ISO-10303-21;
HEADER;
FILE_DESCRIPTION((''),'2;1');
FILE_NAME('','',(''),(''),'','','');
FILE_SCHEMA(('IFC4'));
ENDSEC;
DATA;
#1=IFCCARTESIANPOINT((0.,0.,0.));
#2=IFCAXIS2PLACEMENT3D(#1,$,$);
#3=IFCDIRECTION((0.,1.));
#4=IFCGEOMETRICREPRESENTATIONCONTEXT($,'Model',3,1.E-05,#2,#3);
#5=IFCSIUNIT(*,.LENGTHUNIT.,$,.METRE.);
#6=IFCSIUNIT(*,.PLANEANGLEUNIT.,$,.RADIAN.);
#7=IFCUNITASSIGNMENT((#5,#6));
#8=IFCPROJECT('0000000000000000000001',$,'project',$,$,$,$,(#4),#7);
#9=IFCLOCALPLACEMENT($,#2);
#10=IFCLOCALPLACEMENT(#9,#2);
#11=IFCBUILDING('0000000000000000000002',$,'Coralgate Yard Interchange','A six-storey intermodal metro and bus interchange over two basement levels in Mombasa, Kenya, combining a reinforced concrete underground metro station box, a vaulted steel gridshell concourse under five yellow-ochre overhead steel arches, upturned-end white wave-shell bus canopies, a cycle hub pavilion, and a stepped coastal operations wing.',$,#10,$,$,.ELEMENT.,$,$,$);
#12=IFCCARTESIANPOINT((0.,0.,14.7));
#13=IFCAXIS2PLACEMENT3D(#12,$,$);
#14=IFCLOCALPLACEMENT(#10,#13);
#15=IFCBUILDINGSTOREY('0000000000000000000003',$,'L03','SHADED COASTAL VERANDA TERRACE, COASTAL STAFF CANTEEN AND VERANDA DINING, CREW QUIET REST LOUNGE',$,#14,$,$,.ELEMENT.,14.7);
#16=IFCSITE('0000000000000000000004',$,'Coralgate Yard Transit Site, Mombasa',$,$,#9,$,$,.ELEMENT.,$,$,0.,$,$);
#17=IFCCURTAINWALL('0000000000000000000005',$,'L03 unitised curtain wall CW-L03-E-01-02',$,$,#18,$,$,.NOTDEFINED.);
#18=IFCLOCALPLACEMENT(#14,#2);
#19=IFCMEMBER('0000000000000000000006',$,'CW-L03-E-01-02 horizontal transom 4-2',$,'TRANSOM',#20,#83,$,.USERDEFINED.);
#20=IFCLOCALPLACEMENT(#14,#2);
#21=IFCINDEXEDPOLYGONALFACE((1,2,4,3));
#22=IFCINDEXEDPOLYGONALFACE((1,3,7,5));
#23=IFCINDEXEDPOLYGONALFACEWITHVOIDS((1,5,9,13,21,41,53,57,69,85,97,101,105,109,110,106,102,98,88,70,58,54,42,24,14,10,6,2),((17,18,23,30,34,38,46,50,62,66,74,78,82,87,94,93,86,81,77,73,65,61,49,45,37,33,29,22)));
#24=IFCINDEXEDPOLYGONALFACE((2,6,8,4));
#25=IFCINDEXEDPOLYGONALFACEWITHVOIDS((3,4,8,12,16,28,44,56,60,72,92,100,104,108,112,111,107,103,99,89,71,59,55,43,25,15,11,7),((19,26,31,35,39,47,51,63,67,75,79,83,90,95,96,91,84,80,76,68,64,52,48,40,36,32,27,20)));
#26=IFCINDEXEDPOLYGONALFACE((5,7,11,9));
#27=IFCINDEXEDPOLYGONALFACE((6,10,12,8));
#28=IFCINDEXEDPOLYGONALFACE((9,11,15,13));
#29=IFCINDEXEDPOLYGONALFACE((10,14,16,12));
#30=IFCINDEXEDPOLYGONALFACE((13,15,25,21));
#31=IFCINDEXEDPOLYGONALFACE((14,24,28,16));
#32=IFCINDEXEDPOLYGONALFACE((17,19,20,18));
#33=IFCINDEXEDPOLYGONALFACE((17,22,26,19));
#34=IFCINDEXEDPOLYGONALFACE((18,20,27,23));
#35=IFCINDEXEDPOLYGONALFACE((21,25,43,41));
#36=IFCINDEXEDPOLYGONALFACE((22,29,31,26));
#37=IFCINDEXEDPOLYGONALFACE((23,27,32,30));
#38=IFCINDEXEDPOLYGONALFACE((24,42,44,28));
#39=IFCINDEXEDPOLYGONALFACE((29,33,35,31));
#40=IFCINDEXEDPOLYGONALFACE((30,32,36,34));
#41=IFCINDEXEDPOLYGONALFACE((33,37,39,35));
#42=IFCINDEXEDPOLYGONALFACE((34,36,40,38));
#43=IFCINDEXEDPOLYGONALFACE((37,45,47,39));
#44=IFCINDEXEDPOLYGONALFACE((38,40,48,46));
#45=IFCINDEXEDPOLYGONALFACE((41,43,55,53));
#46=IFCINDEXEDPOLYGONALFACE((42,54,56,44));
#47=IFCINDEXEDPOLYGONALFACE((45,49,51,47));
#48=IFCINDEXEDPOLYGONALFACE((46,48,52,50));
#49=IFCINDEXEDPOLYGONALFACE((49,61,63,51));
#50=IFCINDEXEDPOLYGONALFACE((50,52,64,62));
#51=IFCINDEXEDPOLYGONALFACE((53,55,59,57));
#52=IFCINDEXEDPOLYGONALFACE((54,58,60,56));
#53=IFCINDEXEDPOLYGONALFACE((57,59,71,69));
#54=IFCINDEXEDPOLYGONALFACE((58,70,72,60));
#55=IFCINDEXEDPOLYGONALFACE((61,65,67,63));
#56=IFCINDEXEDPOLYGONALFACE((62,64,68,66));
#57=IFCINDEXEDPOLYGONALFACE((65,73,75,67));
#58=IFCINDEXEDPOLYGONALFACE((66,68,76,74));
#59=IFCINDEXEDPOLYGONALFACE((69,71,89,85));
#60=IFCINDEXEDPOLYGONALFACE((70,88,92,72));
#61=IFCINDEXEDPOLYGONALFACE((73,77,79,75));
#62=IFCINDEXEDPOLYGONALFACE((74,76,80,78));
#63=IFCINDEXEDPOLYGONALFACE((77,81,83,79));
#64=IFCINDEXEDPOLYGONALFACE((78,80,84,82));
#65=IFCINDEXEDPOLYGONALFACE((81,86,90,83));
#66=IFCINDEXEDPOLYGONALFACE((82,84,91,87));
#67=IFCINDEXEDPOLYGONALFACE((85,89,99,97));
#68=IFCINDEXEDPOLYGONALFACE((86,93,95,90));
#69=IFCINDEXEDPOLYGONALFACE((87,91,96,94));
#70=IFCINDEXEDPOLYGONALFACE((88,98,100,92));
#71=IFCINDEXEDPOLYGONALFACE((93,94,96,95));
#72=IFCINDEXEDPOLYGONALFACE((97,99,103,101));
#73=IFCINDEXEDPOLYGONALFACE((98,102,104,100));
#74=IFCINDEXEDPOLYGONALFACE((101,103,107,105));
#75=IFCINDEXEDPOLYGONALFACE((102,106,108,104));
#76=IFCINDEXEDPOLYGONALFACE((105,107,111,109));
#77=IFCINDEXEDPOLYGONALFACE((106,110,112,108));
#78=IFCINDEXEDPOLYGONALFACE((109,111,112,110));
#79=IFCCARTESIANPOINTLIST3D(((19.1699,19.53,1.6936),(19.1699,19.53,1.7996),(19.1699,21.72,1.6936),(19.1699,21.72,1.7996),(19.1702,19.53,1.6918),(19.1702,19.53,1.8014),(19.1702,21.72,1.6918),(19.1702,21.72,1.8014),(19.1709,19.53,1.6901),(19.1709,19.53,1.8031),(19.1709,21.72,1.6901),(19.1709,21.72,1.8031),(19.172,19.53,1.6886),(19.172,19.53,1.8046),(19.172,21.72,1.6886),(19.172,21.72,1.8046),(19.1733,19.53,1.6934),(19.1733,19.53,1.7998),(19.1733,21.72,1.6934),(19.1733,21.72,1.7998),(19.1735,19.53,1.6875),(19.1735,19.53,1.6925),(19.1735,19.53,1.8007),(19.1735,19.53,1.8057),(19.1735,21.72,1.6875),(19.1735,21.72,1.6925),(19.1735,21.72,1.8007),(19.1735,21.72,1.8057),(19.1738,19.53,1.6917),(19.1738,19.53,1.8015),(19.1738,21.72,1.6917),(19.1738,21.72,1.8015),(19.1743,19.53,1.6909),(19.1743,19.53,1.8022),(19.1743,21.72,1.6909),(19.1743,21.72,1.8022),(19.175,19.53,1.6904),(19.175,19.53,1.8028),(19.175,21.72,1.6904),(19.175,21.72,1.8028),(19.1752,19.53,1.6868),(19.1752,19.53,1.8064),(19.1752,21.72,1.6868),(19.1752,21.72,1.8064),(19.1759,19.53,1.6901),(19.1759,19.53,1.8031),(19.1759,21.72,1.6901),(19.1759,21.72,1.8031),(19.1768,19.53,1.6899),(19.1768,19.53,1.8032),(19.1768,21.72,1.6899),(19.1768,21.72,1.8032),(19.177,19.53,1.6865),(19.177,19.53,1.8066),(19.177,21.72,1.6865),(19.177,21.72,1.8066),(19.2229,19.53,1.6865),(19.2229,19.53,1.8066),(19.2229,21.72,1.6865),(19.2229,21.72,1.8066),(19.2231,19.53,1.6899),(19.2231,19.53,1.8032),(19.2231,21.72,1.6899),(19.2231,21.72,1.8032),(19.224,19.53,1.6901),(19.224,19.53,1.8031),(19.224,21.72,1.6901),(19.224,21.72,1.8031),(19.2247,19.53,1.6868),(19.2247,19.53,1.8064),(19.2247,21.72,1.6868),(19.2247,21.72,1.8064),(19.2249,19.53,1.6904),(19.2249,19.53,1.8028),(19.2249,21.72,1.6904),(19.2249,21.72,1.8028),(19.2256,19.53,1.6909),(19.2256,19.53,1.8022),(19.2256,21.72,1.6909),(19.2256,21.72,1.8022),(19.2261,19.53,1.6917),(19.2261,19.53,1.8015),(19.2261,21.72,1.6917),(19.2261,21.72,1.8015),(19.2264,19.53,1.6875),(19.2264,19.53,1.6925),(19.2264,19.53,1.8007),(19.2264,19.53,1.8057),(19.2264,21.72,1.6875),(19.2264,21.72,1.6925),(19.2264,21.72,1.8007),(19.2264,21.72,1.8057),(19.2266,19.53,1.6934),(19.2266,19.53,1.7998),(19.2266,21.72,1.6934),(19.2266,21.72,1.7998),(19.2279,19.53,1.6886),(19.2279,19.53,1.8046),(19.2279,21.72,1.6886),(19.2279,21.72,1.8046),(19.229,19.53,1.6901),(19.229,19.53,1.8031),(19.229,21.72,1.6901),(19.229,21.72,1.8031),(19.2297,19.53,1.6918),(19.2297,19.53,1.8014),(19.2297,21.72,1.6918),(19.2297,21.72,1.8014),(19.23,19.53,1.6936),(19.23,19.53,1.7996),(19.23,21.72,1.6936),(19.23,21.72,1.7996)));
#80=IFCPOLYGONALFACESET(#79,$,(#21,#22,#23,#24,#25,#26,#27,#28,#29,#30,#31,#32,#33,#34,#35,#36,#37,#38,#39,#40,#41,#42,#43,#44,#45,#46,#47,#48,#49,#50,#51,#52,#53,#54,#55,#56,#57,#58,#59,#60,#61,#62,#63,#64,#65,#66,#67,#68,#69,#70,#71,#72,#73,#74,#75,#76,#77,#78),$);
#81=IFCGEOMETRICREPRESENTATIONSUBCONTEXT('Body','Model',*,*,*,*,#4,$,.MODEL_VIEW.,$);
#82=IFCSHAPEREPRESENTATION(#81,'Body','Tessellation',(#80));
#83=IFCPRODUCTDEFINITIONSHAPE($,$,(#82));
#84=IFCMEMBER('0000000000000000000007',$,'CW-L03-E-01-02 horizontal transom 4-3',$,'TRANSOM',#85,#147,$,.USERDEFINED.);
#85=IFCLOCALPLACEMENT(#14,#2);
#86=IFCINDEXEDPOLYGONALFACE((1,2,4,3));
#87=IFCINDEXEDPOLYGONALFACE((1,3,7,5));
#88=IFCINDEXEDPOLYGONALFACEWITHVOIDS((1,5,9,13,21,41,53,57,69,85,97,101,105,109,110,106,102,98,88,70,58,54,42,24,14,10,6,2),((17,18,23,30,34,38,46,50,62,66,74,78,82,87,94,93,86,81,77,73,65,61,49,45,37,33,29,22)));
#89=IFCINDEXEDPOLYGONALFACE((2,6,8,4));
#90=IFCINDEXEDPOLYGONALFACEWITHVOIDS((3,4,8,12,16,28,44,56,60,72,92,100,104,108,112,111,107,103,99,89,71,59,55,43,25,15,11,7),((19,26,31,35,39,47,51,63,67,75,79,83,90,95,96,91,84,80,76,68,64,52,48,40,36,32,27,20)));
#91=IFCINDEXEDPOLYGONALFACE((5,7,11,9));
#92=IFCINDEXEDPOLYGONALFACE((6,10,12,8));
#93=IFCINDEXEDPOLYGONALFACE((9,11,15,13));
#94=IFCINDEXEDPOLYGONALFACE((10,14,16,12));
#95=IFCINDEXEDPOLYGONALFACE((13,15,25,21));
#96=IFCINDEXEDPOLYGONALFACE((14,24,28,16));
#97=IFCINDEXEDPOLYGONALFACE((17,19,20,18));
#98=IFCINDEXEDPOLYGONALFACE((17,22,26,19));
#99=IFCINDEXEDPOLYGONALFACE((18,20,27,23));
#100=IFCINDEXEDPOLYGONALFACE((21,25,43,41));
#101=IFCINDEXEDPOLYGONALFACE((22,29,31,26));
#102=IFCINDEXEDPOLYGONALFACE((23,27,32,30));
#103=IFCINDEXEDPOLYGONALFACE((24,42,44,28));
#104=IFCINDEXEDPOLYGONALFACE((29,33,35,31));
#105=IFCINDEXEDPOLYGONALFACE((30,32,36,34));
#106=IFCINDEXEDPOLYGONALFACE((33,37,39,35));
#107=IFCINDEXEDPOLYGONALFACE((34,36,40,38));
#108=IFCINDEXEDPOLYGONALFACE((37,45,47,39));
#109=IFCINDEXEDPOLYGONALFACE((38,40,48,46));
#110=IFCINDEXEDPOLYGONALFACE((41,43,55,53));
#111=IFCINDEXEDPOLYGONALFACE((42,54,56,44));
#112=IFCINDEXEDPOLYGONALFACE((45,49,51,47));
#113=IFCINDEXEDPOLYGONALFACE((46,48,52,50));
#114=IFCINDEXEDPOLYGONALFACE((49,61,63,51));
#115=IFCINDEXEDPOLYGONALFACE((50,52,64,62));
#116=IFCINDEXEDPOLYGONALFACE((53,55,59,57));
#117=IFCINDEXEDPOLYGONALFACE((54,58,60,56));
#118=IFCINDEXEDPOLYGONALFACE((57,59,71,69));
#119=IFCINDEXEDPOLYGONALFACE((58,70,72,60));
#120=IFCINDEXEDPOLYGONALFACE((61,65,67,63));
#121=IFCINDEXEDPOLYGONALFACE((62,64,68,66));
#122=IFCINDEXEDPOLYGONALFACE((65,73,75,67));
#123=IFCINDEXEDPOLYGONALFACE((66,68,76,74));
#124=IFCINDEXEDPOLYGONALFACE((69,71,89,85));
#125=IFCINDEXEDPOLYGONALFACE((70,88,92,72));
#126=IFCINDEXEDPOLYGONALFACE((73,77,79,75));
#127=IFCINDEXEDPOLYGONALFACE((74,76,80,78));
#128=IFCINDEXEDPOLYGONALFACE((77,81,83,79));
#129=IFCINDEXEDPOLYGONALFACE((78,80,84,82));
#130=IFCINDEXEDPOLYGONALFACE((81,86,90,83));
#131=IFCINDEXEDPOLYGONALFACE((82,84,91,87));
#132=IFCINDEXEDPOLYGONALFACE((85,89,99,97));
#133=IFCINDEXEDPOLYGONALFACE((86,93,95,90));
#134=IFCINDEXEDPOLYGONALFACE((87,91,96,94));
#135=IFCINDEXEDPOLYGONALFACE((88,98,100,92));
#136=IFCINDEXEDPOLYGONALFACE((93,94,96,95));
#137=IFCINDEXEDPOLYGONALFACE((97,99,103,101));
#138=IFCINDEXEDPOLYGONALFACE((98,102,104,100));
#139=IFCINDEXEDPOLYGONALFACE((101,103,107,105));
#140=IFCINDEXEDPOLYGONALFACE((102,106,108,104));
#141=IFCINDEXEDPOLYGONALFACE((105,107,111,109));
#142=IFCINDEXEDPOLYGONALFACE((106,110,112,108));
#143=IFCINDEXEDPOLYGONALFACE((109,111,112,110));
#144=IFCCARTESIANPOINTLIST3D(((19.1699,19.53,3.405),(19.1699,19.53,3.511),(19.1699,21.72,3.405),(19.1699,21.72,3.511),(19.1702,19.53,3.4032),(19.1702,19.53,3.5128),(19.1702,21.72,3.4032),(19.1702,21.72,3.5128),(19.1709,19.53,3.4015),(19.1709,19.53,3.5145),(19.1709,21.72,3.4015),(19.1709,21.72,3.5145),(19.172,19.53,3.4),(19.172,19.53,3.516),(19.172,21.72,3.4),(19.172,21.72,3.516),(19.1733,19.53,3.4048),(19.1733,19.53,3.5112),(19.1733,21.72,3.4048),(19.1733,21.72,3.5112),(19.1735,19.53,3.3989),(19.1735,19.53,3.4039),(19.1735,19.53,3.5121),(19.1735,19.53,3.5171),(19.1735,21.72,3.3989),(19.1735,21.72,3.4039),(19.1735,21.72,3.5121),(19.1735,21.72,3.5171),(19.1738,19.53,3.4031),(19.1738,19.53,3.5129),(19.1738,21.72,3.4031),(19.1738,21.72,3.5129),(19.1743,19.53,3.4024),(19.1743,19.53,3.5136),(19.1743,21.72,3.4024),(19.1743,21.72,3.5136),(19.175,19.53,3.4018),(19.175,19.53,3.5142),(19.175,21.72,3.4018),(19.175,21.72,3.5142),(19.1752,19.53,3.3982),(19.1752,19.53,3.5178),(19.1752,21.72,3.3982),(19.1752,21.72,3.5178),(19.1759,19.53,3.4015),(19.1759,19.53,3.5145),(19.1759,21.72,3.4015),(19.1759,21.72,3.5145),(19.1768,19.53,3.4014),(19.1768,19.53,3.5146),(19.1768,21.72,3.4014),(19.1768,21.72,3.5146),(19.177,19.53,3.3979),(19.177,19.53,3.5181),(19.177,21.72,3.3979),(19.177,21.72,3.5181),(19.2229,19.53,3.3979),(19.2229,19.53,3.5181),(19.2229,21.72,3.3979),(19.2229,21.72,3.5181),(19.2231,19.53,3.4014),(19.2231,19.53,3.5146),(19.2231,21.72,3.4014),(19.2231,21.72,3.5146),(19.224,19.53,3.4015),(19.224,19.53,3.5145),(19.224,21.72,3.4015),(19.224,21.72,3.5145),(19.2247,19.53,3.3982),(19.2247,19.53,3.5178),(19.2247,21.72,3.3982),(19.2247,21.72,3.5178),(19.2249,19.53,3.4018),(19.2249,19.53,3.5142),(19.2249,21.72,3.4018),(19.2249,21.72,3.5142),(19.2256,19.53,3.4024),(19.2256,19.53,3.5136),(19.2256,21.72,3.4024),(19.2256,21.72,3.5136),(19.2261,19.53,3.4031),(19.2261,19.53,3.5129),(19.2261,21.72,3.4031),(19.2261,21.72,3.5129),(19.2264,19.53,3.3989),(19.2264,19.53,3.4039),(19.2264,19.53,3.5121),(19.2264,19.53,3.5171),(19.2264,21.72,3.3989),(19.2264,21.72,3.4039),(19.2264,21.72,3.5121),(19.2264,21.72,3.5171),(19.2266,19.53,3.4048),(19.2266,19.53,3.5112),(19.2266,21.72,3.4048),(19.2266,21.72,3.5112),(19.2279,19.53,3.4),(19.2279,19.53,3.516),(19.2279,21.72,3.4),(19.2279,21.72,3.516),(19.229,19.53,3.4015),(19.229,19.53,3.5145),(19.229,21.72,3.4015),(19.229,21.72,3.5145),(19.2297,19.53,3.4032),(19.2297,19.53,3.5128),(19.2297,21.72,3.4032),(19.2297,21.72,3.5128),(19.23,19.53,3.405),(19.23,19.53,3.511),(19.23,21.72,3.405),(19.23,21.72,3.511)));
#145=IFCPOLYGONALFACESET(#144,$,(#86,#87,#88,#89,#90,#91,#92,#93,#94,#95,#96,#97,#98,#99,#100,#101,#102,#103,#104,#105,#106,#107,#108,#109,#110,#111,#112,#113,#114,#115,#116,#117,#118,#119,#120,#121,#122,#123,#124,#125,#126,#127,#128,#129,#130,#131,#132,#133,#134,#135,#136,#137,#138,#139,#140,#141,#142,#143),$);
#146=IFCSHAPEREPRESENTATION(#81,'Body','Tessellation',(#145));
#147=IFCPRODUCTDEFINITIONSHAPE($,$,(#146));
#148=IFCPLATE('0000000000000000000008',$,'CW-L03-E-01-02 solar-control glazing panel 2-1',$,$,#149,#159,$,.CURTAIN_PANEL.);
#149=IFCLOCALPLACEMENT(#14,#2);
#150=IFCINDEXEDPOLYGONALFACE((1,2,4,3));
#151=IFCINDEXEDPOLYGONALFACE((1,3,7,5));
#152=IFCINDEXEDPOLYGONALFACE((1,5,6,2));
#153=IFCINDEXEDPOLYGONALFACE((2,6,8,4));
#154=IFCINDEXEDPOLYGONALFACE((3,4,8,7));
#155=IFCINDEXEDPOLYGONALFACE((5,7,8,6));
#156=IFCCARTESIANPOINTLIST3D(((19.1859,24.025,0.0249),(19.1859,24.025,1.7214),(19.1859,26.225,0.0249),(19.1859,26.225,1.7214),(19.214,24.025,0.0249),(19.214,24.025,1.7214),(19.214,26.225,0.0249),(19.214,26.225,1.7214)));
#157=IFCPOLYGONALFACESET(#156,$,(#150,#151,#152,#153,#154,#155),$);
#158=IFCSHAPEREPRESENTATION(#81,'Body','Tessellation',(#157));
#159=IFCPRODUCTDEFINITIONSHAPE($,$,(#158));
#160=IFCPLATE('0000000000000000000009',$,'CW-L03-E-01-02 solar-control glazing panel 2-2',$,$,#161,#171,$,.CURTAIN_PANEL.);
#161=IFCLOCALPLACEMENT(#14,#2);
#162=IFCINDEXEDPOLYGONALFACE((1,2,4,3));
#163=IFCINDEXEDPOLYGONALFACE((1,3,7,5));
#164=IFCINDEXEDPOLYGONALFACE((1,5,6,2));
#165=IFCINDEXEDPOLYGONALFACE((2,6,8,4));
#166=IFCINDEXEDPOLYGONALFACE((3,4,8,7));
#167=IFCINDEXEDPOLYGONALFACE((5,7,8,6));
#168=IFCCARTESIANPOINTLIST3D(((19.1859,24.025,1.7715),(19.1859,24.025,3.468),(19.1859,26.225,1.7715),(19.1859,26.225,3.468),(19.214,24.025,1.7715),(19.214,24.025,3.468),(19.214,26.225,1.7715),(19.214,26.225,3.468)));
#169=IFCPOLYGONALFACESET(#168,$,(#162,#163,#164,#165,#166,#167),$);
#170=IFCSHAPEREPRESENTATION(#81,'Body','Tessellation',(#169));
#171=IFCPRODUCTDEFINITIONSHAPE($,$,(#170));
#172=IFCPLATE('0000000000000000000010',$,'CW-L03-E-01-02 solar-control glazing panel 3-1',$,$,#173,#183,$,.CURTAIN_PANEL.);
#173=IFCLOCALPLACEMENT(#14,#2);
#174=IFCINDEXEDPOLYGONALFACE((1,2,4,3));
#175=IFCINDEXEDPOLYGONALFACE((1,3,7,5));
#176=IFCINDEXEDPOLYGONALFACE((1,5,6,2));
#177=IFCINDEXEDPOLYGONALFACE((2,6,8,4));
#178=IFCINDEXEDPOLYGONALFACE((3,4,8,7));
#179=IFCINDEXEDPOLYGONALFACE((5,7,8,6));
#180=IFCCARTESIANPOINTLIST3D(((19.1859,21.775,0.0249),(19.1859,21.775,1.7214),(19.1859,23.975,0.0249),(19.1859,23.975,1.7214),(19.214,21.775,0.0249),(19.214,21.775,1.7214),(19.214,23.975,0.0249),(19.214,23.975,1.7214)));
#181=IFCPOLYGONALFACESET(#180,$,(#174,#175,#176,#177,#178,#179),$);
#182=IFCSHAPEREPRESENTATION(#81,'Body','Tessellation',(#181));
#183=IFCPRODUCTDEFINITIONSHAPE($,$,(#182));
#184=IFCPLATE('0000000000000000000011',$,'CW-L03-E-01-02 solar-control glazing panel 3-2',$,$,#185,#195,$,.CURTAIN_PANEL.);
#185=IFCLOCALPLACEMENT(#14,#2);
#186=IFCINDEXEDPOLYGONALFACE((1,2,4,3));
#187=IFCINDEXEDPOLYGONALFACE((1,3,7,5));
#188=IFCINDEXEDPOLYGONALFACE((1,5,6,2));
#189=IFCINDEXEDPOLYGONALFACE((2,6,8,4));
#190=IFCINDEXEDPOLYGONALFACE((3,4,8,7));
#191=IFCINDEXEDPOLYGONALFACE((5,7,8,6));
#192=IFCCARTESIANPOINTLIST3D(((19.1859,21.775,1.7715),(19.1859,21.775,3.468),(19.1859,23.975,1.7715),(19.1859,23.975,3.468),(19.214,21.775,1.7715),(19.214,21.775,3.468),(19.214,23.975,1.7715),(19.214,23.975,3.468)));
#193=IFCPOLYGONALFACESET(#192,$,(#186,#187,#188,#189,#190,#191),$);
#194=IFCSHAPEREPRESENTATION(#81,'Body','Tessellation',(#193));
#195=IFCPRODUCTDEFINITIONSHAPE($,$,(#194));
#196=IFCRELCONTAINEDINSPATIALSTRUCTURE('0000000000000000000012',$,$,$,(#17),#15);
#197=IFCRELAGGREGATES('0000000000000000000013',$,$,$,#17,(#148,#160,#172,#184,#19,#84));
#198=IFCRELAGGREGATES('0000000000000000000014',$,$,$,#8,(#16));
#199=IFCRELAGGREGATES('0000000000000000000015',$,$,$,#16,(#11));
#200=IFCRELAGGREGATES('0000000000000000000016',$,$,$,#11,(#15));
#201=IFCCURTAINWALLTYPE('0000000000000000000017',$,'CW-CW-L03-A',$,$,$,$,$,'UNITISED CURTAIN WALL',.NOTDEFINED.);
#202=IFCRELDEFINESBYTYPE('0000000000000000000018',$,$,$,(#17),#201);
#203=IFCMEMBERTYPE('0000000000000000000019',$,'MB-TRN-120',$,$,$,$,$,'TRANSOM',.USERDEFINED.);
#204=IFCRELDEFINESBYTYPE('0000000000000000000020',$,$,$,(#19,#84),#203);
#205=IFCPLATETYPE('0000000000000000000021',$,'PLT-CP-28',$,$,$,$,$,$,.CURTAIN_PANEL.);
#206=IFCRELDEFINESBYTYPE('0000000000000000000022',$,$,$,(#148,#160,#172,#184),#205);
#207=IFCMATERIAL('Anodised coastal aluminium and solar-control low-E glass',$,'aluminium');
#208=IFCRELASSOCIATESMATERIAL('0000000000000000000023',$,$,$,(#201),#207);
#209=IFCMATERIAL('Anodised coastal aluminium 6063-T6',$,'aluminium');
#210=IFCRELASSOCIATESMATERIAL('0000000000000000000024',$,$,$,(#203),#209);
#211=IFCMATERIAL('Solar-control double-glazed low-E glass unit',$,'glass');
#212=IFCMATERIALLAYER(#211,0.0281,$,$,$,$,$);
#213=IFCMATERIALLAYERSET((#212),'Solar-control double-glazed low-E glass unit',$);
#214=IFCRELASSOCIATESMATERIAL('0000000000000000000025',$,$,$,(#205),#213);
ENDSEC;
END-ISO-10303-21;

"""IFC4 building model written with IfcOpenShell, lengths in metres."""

from ifc_helpers import new_model, si_unit, direction, frame, origin, origin_2d, place, context, subcontext, project, spatial, rectangle, hollow_rectangle, extrude, material, layer, layer_set, material_profile, profile_set, type_object, element, aggregate, save


model = new_model("IFC4")

# Units and contexts
model_context = context("Model", 3, precision=1e-05, world=origin(), true_north=direction((0.0, 1.0)))
body_context = subcontext(model_context, "Body", "Model", "MODEL_VIEW")
ifc_project = project(units=[si_unit("LENGTHUNIT", "METRE"), si_unit("PLANEANGLEUNIT", "RADIAN")], contexts=[model_context])

# Site, building, storey
site_placement = place(None, origin())
site = spatial("IfcSite", under=ifc_project, at=site_placement, Name="Coralgate Yard Transit Site, Mombasa", CompositionType="ELEMENT", RefElevation=0.0)
building_placement = place(site_placement, origin())
building = spatial("IfcBuilding", under=site, at=building_placement, Name="Coralgate Yard Interchange", Description="A six-storey intermodal metro and bus interchange over two basement levels in Mombasa, Kenya, combining a reinforced concrete underground metro station box, a vaulted steel gridshell concourse under five yellow-ochre overhead steel arches, upturned-end white wave-shell bus canopies, a cycle hub pavilion, and a stepped coastal operations wing.", CompositionType="ELEMENT")
storey_placement = place(building_placement, frame((0.0, 0.0, 14.7)))
storey = spatial("IfcBuildingStorey", under=building, at=storey_placement, Name="L03", Description="SHADED COASTAL VERANDA TERRACE, COASTAL STAFF CANTEEN AND VERANDA DINING, CREW QUIET REST LOUNGE", CompositionType="ELEMENT", Elevation=14.7)

# Curtain wall, members, plates
ifc_material_1 = material(Name="Anodised coastal aluminium and solar-control low-E glass", Category="aluminium")
curtain_wall_type = type_object("IfcCurtainWallType", Name="CW-CW-L03-A", ElementType="UNITISED CURTAIN WALL", PredefinedType="NOTDEFINED", material=ifc_material_1)
curtain_wall_placement = place(storey_placement, origin())
curtain_wall = element("IfcCurtainWall", 1, at=curtain_wall_placement, inside=storey, type_object=curtain_wall_type, Name="L03 unitised curtain wall CW-L03-E-01-02", PredefinedType="NOTDEFINED")
ifc_material_2 = material(Name="Anodised coastal aluminium 6063-T6", Category="aluminium")
ifc_material_profile_1 = material_profile(ifc_material_2, hollow_rectangle(XDim=0.0601, YDim=0.1201, WallThickness=0.0034, InnerFilletRadius=0.0034, OuterFilletRadius=0.0071, at=origin_2d()), Name="ALU 60x120x3.5")
ifc_profile_set_1 = profile_set([ifc_material_profile_1], Name="Anodised coastal aluminium 6063-T6")
member_type_1 = type_object("IfcMemberType", Name="MB-TRN-120", ElementType="TRANSOM", PredefinedType="USERDEFINED", material=ifc_profile_set_1)
member_1_placement = place(storey_placement, frame((19.2, 21.72, 1.7466), z_axis=(0.0, -1.0, 0.0), x_axis=(1.0, 0.0, 0.0)))
member_1 = element("IfcMember", 2, at=member_1_placement, type_object=member_type_1, Name="CW-L03-E-01-02 horizontal transom 4-2", ObjectType="TRANSOM", PredefinedType="USERDEFINED", context=body_context, shape_type="SweptSolid", body=[
    extrude(hollow_rectangle(XDim=0.0601, YDim=0.1201, WallThickness=0.0034, InnerFilletRadius=0.0034, OuterFilletRadius=0.0071, at=origin_2d()), origin(), (0.0, 0.0, 1.0), 2.1899),
])
member_2_placement = place(storey_placement, frame((19.2, 21.72, 3.458), z_axis=(0.0, -1.0, 0.0), x_axis=(1.0, 0.0, 0.0)))
member_2 = element("IfcMember", 3, at=member_2_placement, type_object=member_type_1, Name="CW-L03-E-01-02 horizontal transom 4-3", ObjectType="TRANSOM", PredefinedType="USERDEFINED", context=body_context, shape_type="SweptSolid", body=[
    extrude(hollow_rectangle(XDim=0.0601, YDim=0.1201, WallThickness=0.0034, InnerFilletRadius=0.0034, OuterFilletRadius=0.0071, at=origin_2d()), origin(), (0.0, 0.0, 1.0), 2.1899),
])
ifc_material_3 = material(Name="Solar-control double-glazed low-E glass unit", Category="glass")
ifc_layer_1 = layer(ifc_material_3, 0.0281)
ifc_layer_set_1 = layer_set([ifc_layer_1], Name="Solar-control double-glazed low-E glass unit")
plate_type = type_object("IfcPlateType", Name="PLT-CP-28", PredefinedType="CURTAIN_PANEL", material=ifc_layer_set_1)
plate_1_placement = place(storey_placement, frame((19.2, 25.125, 0.0249), z_axis=(0.0, 0.0, 1.0), x_axis=(0.0, -1.0, 0.0)))
plate_1 = element("IfcPlate", 4, at=plate_1_placement, type_object=plate_type, Name="CW-L03-E-01-02 solar-control glazing panel 2-1", PredefinedType="CURTAIN_PANEL", context=body_context, shape_type="SweptSolid", body=[
    extrude(rectangle(XDim=2.2, YDim=0.0281, at=origin_2d()), origin(), (0.0, 0.0, 1.0), 1.6965),
])
plate_2_placement = place(storey_placement, frame((19.2, 25.125, 1.7715), z_axis=(0.0, 0.0, 1.0), x_axis=(0.0, -1.0, 0.0)))
plate_2 = element("IfcPlate", 5, at=plate_2_placement, type_object=plate_type, Name="CW-L03-E-01-02 solar-control glazing panel 2-2", PredefinedType="CURTAIN_PANEL", context=body_context, shape_type="SweptSolid", body=[
    extrude(rectangle(XDim=2.2, YDim=0.0281, at=origin_2d()), origin(), (0.0, 0.0, 1.0), 1.6965),
])
plate_3_placement = place(storey_placement, frame((19.2, 22.875, 0.0249), z_axis=(0.0, 0.0, 1.0), x_axis=(0.0, -1.0, 0.0)))
plate_3 = element("IfcPlate", 6, at=plate_3_placement, type_object=plate_type, Name="CW-L03-E-01-02 solar-control glazing panel 3-1", PredefinedType="CURTAIN_PANEL", context=body_context, shape_type="SweptSolid", body=[
    extrude(rectangle(XDim=2.2, YDim=0.0281, at=origin_2d()), origin(), (0.0, 0.0, 1.0), 1.6965),
])
plate_4_placement = place(storey_placement, frame((19.2, 22.875, 1.7715), z_axis=(0.0, 0.0, 1.0), x_axis=(0.0, -1.0, 0.0)))
plate_4 = element("IfcPlate", 7, at=plate_4_placement, type_object=plate_type, Name="CW-L03-E-01-02 solar-control glazing panel 3-2", PredefinedType="CURTAIN_PANEL", context=body_context, shape_type="SweptSolid", body=[
    extrude(rectangle(XDim=2.2, YDim=0.0281, at=origin_2d()), origin(), (0.0, 0.0, 1.0), 1.6965),
])
aggregate(curtain_wall, [plate_1, plate_2, plate_3, plate_4, member_1, member_2])

save(model, "model.ifc")
